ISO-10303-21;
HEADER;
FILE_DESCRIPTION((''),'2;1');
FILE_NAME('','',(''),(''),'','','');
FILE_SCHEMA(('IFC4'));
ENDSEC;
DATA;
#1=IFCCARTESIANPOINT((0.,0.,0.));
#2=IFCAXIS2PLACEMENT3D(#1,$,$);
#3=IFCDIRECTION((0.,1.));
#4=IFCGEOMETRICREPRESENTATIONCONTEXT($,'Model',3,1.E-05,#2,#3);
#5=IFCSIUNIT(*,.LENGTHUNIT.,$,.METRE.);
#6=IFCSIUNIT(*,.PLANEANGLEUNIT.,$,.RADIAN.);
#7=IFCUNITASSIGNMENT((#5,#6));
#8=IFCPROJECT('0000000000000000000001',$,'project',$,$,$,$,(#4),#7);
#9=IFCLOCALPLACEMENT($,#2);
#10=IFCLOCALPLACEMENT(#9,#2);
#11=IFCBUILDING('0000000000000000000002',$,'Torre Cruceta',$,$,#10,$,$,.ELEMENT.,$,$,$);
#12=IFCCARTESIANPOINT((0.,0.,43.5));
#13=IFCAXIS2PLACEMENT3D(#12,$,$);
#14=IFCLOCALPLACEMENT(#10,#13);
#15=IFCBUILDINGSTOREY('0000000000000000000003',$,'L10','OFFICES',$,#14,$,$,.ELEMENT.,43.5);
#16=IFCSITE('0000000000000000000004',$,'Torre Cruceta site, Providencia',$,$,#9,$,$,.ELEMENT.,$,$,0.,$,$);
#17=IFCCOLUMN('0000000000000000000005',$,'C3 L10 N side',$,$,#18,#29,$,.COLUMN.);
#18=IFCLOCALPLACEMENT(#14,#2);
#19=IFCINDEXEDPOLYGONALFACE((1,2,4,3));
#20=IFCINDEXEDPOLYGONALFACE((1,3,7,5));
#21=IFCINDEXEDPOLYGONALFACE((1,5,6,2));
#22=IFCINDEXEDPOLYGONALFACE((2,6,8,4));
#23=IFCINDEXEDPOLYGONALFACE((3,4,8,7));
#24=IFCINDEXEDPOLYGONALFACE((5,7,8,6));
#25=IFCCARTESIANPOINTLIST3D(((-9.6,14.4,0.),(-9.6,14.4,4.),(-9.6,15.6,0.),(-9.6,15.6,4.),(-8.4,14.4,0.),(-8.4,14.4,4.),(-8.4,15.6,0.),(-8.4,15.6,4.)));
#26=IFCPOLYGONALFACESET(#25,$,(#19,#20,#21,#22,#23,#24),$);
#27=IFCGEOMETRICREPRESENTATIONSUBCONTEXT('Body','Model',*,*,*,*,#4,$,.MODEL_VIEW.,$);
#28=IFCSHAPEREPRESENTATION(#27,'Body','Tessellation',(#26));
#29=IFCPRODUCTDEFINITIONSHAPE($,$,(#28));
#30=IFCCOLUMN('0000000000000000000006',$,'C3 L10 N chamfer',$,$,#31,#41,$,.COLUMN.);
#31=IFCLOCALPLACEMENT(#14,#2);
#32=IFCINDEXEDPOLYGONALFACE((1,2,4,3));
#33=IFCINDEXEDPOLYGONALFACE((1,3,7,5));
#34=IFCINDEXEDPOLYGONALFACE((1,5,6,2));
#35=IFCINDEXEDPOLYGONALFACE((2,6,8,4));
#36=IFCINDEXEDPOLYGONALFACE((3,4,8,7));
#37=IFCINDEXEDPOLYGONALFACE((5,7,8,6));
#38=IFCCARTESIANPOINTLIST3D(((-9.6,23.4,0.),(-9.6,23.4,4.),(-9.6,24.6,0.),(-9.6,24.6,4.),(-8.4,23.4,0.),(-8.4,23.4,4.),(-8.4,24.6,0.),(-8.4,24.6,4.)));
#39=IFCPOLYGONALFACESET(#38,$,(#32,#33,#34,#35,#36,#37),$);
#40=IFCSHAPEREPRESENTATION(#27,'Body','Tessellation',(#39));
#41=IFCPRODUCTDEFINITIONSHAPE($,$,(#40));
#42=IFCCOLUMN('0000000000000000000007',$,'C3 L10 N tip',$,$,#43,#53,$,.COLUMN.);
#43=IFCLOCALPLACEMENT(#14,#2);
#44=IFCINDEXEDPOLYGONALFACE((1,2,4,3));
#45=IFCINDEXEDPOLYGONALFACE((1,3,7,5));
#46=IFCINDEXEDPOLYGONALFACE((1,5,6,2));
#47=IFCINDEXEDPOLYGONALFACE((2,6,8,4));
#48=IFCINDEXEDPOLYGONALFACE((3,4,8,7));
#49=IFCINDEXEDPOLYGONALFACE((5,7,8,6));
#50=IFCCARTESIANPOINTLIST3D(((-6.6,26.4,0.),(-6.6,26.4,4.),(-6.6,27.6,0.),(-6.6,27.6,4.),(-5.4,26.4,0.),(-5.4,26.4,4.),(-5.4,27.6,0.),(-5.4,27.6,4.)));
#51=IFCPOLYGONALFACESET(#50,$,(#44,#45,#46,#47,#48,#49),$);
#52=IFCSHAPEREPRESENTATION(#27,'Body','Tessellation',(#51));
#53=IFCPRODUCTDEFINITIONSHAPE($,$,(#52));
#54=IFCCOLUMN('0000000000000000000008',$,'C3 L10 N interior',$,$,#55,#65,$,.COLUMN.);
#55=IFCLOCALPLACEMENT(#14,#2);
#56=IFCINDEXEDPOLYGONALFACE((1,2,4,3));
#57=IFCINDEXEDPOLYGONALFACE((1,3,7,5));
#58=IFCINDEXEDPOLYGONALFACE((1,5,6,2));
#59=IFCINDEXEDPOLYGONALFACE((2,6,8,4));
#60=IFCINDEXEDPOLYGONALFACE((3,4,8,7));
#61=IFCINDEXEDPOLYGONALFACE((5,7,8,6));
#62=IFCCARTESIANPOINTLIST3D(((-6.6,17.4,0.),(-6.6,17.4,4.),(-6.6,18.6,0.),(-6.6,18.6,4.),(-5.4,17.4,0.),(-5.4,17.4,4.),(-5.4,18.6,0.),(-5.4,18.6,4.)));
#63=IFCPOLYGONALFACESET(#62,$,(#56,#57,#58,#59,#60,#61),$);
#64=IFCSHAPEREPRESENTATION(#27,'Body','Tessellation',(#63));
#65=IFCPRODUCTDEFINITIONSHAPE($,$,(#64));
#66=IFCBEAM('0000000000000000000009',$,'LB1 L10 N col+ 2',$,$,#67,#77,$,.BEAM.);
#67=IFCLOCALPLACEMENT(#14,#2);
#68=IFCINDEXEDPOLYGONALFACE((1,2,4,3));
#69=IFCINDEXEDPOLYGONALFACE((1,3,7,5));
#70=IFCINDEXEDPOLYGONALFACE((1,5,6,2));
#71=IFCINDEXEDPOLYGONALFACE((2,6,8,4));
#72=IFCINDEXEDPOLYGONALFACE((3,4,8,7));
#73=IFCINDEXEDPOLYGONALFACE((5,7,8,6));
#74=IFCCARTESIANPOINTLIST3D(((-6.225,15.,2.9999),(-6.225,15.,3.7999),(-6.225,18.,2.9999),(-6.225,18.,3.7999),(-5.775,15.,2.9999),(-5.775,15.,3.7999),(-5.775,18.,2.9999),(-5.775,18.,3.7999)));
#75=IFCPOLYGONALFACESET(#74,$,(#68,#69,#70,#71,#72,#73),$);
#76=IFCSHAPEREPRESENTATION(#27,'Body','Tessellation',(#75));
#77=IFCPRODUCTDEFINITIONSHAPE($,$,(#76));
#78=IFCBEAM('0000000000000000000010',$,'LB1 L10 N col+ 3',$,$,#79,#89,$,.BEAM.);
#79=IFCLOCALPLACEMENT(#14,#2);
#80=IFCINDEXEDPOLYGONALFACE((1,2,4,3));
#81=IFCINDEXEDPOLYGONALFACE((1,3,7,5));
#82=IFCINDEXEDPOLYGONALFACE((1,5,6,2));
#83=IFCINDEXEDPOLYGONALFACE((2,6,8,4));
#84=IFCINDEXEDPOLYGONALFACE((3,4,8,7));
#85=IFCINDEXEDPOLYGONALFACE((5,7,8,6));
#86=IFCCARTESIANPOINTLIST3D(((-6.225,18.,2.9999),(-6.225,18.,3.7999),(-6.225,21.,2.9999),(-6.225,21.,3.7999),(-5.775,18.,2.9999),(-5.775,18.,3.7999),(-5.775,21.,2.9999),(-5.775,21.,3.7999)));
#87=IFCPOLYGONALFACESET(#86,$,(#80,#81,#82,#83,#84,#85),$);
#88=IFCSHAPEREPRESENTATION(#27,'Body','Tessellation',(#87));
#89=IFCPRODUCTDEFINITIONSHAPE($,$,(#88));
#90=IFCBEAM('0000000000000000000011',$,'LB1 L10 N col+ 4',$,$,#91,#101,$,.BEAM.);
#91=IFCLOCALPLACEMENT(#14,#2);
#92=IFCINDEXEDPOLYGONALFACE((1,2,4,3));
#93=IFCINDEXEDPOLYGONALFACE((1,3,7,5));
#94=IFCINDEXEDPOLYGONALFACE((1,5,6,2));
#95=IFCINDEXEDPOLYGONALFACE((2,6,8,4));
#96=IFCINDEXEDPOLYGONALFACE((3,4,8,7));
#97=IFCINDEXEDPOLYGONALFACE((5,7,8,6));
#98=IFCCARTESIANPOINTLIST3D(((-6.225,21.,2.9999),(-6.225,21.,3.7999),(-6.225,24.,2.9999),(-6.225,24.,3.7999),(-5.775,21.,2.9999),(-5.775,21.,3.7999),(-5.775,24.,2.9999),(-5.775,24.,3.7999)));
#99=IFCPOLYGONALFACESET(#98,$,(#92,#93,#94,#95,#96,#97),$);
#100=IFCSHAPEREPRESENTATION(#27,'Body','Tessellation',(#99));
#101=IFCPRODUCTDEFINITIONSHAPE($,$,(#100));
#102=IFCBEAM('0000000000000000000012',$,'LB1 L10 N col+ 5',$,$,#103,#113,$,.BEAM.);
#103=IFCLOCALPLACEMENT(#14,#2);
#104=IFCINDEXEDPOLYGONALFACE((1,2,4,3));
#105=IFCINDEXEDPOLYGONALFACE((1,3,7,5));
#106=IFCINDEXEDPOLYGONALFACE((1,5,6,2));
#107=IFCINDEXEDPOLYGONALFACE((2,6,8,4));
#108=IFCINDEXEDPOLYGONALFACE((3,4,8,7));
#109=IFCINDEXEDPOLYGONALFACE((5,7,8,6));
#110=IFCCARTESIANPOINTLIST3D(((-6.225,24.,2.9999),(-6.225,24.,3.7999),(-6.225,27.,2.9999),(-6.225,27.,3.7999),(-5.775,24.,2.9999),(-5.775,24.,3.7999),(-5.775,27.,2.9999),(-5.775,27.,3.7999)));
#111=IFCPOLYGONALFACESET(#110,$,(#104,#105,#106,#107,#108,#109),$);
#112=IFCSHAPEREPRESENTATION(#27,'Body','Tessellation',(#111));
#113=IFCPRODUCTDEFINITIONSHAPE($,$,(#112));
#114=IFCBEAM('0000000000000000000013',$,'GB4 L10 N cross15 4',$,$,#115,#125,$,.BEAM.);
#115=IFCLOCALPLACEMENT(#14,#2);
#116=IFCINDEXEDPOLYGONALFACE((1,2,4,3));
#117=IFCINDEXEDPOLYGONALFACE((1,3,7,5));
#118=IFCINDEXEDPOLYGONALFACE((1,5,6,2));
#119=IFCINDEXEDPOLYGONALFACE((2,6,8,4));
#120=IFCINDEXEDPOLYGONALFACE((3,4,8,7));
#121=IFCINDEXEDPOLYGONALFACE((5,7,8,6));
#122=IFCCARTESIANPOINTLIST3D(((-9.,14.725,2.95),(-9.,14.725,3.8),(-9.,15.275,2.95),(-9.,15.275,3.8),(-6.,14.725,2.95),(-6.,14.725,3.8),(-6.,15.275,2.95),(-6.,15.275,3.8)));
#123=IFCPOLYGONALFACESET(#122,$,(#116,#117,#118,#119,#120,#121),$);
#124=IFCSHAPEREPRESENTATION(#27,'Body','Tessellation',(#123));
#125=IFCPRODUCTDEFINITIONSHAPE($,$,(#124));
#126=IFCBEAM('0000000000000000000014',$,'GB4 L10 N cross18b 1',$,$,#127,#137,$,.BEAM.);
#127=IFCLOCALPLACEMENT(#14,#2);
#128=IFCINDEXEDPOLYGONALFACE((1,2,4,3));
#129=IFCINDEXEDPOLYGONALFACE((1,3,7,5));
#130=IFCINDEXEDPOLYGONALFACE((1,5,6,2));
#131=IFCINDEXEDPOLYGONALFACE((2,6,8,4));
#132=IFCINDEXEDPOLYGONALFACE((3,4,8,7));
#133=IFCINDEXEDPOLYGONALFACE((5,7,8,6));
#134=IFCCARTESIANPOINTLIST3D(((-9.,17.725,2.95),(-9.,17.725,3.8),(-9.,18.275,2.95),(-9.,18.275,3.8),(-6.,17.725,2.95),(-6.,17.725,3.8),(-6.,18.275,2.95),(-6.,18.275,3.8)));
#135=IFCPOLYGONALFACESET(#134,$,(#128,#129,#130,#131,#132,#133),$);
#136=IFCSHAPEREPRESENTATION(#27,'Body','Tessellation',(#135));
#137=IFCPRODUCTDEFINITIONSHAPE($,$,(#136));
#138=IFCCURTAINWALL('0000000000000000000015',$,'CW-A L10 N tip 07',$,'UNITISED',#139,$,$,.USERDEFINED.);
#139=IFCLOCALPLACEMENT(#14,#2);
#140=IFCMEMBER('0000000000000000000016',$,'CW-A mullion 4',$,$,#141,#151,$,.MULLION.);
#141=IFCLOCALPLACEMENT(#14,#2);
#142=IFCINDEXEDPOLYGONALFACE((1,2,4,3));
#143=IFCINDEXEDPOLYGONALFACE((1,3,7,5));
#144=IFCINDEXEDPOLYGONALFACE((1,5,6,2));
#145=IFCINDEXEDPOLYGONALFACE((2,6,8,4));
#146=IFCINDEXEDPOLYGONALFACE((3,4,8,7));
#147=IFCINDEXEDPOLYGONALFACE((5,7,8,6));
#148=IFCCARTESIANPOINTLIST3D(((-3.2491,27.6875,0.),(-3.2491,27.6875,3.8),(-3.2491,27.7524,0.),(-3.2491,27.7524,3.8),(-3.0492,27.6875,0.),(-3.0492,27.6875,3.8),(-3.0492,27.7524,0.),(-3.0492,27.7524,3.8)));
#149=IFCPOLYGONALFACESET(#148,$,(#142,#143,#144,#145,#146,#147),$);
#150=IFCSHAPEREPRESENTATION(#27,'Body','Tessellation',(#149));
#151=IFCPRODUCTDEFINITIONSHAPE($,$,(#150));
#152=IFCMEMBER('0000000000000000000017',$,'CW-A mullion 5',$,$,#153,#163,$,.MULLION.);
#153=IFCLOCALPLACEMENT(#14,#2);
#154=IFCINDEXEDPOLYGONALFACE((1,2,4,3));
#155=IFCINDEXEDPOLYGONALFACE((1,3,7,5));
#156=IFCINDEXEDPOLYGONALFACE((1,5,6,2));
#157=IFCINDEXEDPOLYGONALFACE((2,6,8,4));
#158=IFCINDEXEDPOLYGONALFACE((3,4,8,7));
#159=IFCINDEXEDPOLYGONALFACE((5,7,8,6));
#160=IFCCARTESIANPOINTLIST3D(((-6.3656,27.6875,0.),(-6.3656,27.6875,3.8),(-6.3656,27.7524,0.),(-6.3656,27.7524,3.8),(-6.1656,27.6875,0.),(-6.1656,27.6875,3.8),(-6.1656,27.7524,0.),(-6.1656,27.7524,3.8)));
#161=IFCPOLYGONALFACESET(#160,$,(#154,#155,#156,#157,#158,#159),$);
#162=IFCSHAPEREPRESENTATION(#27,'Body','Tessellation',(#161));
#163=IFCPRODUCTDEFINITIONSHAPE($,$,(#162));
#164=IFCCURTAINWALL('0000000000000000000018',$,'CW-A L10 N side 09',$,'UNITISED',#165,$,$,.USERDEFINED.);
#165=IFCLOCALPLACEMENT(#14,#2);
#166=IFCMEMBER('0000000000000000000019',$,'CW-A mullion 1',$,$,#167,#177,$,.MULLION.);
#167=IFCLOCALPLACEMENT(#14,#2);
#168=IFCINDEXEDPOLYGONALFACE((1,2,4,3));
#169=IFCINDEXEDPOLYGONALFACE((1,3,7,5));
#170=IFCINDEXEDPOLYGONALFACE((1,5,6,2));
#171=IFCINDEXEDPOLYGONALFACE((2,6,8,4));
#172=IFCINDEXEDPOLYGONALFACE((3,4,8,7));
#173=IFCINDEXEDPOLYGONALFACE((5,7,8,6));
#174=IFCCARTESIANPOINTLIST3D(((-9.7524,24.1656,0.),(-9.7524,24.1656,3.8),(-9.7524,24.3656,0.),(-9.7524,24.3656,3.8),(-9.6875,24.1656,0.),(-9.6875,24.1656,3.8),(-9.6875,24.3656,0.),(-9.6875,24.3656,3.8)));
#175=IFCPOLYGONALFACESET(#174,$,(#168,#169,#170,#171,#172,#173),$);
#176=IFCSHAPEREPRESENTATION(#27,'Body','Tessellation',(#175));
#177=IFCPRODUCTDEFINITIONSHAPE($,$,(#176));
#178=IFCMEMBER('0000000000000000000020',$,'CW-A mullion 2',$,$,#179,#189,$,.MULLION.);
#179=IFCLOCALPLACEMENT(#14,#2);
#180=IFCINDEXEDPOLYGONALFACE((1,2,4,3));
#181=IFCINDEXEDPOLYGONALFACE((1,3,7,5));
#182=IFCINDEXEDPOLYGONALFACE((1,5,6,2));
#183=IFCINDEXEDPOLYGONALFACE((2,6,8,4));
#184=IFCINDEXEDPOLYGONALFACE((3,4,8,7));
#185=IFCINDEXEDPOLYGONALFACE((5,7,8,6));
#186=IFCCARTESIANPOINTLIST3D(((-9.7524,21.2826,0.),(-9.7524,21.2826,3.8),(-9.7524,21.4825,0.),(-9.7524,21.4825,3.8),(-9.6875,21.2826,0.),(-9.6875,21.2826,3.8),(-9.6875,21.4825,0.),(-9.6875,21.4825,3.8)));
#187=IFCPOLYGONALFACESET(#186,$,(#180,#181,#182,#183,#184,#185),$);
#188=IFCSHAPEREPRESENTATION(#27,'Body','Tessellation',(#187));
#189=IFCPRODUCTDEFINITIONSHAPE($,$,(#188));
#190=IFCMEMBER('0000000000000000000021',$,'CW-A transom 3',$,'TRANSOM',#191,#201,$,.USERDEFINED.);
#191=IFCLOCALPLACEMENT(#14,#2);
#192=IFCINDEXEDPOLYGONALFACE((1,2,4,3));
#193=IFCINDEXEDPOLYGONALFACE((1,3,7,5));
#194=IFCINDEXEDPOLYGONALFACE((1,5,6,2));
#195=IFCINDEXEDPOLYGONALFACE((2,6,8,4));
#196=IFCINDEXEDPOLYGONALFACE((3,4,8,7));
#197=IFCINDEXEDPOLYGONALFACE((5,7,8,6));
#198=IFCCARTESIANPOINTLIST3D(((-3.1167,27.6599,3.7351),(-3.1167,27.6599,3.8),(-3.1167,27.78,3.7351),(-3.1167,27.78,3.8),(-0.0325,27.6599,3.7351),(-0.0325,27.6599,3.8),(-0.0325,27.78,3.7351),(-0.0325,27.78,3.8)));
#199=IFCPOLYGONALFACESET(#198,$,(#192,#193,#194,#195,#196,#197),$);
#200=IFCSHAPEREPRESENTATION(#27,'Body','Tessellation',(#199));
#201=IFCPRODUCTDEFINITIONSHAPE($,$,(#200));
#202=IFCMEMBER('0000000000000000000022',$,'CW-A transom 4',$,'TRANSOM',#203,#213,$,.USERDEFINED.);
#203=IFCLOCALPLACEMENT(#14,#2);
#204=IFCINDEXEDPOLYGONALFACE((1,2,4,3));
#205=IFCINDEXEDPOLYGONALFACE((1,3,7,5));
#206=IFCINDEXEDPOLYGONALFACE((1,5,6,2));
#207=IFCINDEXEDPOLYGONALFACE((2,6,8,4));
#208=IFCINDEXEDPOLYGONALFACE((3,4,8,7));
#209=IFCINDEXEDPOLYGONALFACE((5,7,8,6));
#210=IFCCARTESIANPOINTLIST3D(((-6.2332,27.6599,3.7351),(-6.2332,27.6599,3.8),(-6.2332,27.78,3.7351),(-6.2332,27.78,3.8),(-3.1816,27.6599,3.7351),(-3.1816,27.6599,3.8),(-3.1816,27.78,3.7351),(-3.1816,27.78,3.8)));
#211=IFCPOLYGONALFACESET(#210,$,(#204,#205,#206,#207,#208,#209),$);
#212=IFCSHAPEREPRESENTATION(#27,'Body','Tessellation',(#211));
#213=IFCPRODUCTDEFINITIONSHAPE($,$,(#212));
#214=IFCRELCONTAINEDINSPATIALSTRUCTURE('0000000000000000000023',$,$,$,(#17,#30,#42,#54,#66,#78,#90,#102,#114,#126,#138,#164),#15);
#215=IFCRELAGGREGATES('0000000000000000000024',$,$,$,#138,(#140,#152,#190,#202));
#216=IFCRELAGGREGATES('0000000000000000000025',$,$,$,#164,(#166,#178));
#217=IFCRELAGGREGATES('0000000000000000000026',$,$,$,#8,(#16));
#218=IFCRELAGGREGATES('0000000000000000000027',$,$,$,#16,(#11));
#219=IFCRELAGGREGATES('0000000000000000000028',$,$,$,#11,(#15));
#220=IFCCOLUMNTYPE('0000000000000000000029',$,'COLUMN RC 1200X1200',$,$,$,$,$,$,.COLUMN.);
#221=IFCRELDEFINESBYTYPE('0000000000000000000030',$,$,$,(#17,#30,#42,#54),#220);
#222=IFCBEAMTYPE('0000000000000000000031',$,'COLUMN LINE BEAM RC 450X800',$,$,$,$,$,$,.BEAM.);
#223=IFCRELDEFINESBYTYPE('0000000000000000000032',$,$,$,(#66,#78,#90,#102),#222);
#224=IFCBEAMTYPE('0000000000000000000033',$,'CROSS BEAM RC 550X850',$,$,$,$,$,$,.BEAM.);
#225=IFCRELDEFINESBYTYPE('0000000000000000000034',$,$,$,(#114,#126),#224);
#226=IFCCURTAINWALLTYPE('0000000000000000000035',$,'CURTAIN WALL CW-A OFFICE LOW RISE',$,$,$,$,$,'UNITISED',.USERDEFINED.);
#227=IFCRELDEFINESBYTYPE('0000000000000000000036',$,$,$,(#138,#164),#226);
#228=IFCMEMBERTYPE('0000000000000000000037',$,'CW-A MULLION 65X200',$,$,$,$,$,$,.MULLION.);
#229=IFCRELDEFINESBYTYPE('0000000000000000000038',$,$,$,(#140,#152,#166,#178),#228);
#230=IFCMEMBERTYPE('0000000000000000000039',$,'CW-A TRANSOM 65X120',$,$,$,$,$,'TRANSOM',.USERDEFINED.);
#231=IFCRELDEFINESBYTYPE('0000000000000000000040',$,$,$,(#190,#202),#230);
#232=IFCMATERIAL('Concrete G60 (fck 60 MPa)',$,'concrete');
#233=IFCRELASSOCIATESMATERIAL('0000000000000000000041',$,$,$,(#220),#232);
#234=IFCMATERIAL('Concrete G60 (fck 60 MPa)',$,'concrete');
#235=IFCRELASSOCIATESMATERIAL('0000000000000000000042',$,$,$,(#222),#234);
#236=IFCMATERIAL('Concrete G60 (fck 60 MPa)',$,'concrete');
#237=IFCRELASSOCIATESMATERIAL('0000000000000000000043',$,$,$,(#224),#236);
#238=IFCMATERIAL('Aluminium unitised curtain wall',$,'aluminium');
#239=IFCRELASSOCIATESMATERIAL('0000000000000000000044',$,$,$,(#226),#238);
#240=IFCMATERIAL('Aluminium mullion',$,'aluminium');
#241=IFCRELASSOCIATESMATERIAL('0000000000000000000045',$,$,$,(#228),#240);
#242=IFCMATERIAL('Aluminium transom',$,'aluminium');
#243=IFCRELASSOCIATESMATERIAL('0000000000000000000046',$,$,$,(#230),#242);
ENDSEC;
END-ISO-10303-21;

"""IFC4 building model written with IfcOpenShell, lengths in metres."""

from ifc_helpers import new_model, si_unit, direction, frame, origin, origin_2d, place, context, subcontext, project, spatial, rectangle, extrude, material, material_profile, profile_set, type_object, element, aggregate, save


model = new_model("IFC4")

# Units and contexts
model_context = context("Model", 3, precision=1e-05, world=origin(), true_north=direction((0.0, 1.0)))
body_context = subcontext(model_context, "Body", "Model", "MODEL_VIEW")
ifc_project = project(units=[si_unit("LENGTHUNIT", "METRE"), si_unit("PLANEANGLEUNIT", "RADIAN")], contexts=[model_context])

# Site, building, storey
site_placement = place(None, origin())
site = spatial("IfcSite", under=ifc_project, at=site_placement, Name="Torre Cruceta site, Providencia", CompositionType="ELEMENT", RefElevation=0.0)
building_placement = place(site_placement, origin())
building = spatial("IfcBuilding", under=site, at=building_placement, Name="Torre Cruceta", CompositionType="ELEMENT")
storey_placement = place(building_placement, frame((0.0, 0.0, 43.5)))
storey = spatial("IfcBuildingStorey", under=building, at=storey_placement, Name="L10", Description="OFFICES", CompositionType="ELEMENT", Elevation=43.5)

# Columns
ifc_material_1 = material(Name="Concrete G60 (fck 60 MPa)", Category="concrete")
ifc_material_profile_1 = material_profile(ifc_material_1, rectangle(XDim=1.2, YDim=1.2, at=origin_2d()), Name="RC 1200X1200")
ifc_profile_set_1 = profile_set([ifc_material_profile_1], Name="Concrete G60 (fck 60 MPa)")
column_type = type_object("IfcColumnType", Name="COLUMN RC 1200X1200", PredefinedType="COLUMN", material=ifc_profile_set_1)
for number, where, z_axis, x_axis, name in (
    (1, (-9.0, 15.0, 0.0), (0.0, 0.0, 1.0), (1.0, 0.0, 0.0), "C3 L10 N side"),
    (2, (-9.0, 24.0, 0.0), (0.0, 0.0, 1.0), (1.0, 0.0, 0.0), "C3 L10 N chamfer"),
    (3, (-6.0, 27.0, 0.0), (0.0, 0.0, 1.0), (1.0, 0.0, 0.0), "C3 L10 N tip"),
    (4, (-6.0, 18.0, 0.0), (0.0, 0.0, 1.0), (1.0, 0.0, 0.0), "C3 L10 N interior"),
):
    element("IfcColumn", number, at=place(storey_placement, frame(where, z_axis=z_axis, x_axis=x_axis)), inside=storey, type_object=column_type, Name=name, PredefinedType="COLUMN", context=body_context, shape_type="SweptSolid", body=[
        extrude(rectangle(XDim=1.2, YDim=1.2, at=origin_2d()), origin(), (0.0, 0.0, 1.0), 4.0),
    ])

# Beams
ifc_material_2 = material(Name="Concrete G60 (fck 60 MPa)", Category="concrete")
ifc_material_profile_2 = material_profile(ifc_material_2, rectangle(XDim=0.45, YDim=0.8, at=origin_2d()), Name="RC 450X800")
ifc_profile_set_2 = profile_set([ifc_material_profile_2], Name="Concrete G60 (fck 60 MPa)")
beam_type_1 = type_object("IfcBeamType", Name="COLUMN LINE BEAM RC 450X800", PredefinedType="BEAM", material=ifc_profile_set_2)
for number, where, z_axis, x_axis, name in (
    (5, (-6.0, 15.0, 3.3999), (0.0, 1.0, 0.0), (-1.0, 0.0, 0.0), "LB1 L10 N col+ 2"),
    (6, (-6.0, 18.0, 3.3999), (0.0, 1.0, 0.0), (-1.0, 0.0, 0.0), "LB1 L10 N col+ 3"),
    (7, (-6.0, 21.0, 3.3999), (0.0, 1.0, 0.0), (-1.0, 0.0, 0.0), "LB1 L10 N col+ 4"),
    (8, (-6.0, 24.0, 3.3999), (0.0, 1.0, 0.0), (-1.0, 0.0, 0.0), "LB1 L10 N col+ 5"),
):
    element("IfcBeam", number, at=place(storey_placement, frame(where, z_axis=z_axis, x_axis=x_axis)), inside=storey, type_object=beam_type_1, Name=name, PredefinedType="BEAM", context=body_context, shape_type="SweptSolid", body=[
        extrude(rectangle(XDim=0.45, YDim=0.8, at=origin_2d()), origin(), (0.0, 0.0, 1.0), 3.0),
    ])
ifc_material_3 = material(Name="Concrete G60 (fck 60 MPa)", Category="concrete")
ifc_material_profile_3 = material_profile(ifc_material_3, rectangle(XDim=0.55, YDim=0.8501, at=origin_2d()), Name="RC 550X850")
ifc_profile_set_3 = profile_set([ifc_material_profile_3], Name="Concrete G60 (fck 60 MPa)")
beam_type_2 = type_object("IfcBeamType", Name="CROSS BEAM RC 550X850", PredefinedType="BEAM", material=ifc_profile_set_3)
for number, where, z_axis, x_axis, name in (
    (9, (-6.0, 15.0, 3.375), (-1.0, 0.0, 0.0), (0.0, -1.0, 0.0), "GB4 L10 N cross15 4"),
    (10, (-6.0, 18.0, 3.375), (-1.0, 0.0, 0.0), (0.0, -1.0, 0.0), "GB4 L10 N cross18b 1"),
):
    element("IfcBeam", number, at=place(storey_placement, frame(where, z_axis=z_axis, x_axis=x_axis)), inside=storey, type_object=beam_type_2, Name=name, PredefinedType="BEAM", context=body_context, shape_type="SweptSolid", body=[
        extrude(rectangle(XDim=0.55, YDim=0.8501, at=origin_2d()), origin(), (0.0, 0.0, 1.0), 3.0),
    ])

# Curtain walls, members
ifc_material_4 = material(Name="Aluminium unitised curtain wall", Category="aluminium")
curtain_wall_type = type_object("IfcCurtainWallType", Name="CURTAIN WALL CW-A OFFICE LOW RISE", ElementType="UNITISED", PredefinedType="USERDEFINED", material=ifc_material_4)
curtain_wall_1_placement = place(storey_placement, origin())
curtain_wall_1 = element("IfcCurtainWall", 11, at=curtain_wall_1_placement, inside=storey, type_object=curtain_wall_type, Name="CW-A L10 N tip 07", ObjectType="UNITISED", PredefinedType="USERDEFINED")
ifc_material_5 = material(Name="Aluminium mullion", Category="aluminium")
ifc_material_profile_4 = material_profile(ifc_material_5, rectangle(XDim=0.0649, YDim=0.2, at=origin_2d()), Name="AL 65X200")
ifc_profile_set_4 = profile_set([ifc_material_profile_4], Name="Aluminium mullion")
member_type_1 = type_object("IfcMemberType", Name="CW-A MULLION 65X200", PredefinedType="MULLION", material=ifc_profile_set_4)
member_1_placement = place(storey_placement, frame((-3.1492, 27.72, 0.0), z_axis=(0.0, 0.0, 1.0), x_axis=(0.0, -1.0, 0.0)))
member_1 = element("IfcMember", 12, at=member_1_placement, type_object=member_type_1, Name="CW-A mullion 4", PredefinedType="MULLION", context=body_context, shape_type="SweptSolid", body=[
    extrude(rectangle(XDim=0.0649, YDim=0.2, at=origin_2d()), origin(), (0.0, 0.0, 1.0), 3.8),
])
member_2_placement = place(storey_placement, frame((-6.2656, 27.72, 0.0), z_axis=(0.0, 0.0, 1.0), x_axis=(0.0, -1.0, 0.0)))
member_2 = element("IfcMember", 13, at=member_2_placement, type_object=member_type_1, Name="CW-A mullion 5", PredefinedType="MULLION", context=body_context, shape_type="SweptSolid", body=[
    extrude(rectangle(XDim=0.0649, YDim=0.2, at=origin_2d()), origin(), (0.0, 0.0, 1.0), 3.8),
])
curtain_wall_2_placement = place(storey_placement, origin())
curtain_wall_2 = element("IfcCurtainWall", 14, at=curtain_wall_2_placement, inside=storey, type_object=curtain_wall_type, Name="CW-A L10 N side 09", ObjectType="UNITISED", PredefinedType="USERDEFINED")
member_3_placement = place(storey_placement, frame((-9.72, 24.2656, 0.0), z_axis=(0.0, 0.0, 1.0), x_axis=(1.0, 0.0, 0.0)))
member_3 = element("IfcMember", 15, at=member_3_placement, type_object=member_type_1, Name="CW-A mullion 1", PredefinedType="MULLION", context=body_context, shape_type="SweptSolid", body=[
    extrude(rectangle(XDim=0.0649, YDim=0.2, at=origin_2d()), origin(), (0.0, 0.0, 1.0), 3.8),
])
member_4_placement = place(storey_placement, frame((-9.72, 21.3826, 0.0), z_axis=(0.0, 0.0, 1.0), x_axis=(1.0, 0.0, 0.0)))
member_4 = element("IfcMember", 16, at=member_4_placement, type_object=member_type_1, Name="CW-A mullion 2", PredefinedType="MULLION", context=body_context, shape_type="SweptSolid", body=[
    extrude(rectangle(XDim=0.0649, YDim=0.2, at=origin_2d()), origin(), (0.0, 0.0, 1.0), 3.8),
])

# Members
ifc_material_6 = material(Name="Aluminium transom", Category="aluminium")
ifc_material_profile_5 = material_profile(ifc_material_6, rectangle(XDim=0.1201, YDim=0.0649, at=origin_2d()), Name="AL 120X65")
ifc_profile_set_5 = profile_set([ifc_material_profile_5], Name="Aluminium transom")
member_type_2 = type_object("IfcMemberType", Name="CW-A TRANSOM 65X120", ElementType="TRANSOM", PredefinedType="USERDEFINED", material=ifc_profile_set_5)
member_5_placement = place(storey_placement, frame((-0.0325, 27.72, 3.7676), z_axis=(-1.0, 0.0, 0.0), x_axis=(0.0, -1.0, 0.0)))
member_5 = element("IfcMember", 17, at=member_5_placement, type_object=member_type_2, Name="CW-A transom 3", ObjectType="TRANSOM", PredefinedType="USERDEFINED", context=body_context, shape_type="SweptSolid", body=[
    extrude(rectangle(XDim=0.1201, YDim=0.0649, at=origin_2d()), origin(), (0.0, 0.0, 1.0), 3.0842),
])
member_6_placement = place(storey_placement, frame((-3.1816, 27.72, 3.7676), z_axis=(-1.0, 0.0, 0.0), x_axis=(0.0, -1.0, 0.0)))
member_6 = element("IfcMember", 18, at=member_6_placement, type_object=member_type_2, Name="CW-A transom 4", ObjectType="TRANSOM", PredefinedType="USERDEFINED", context=body_context, shape_type="SweptSolid", body=[
    extrude(rectangle(XDim=0.1201, YDim=0.0649, at=origin_2d()), origin(), (0.0, 0.0, 1.0), 3.0515),
])

aggregate(curtain_wall_1, [member_1, member_2, member_5, member_6])
aggregate(curtain_wall_2, [member_3, member_4])

save(model, "model.ifc")
